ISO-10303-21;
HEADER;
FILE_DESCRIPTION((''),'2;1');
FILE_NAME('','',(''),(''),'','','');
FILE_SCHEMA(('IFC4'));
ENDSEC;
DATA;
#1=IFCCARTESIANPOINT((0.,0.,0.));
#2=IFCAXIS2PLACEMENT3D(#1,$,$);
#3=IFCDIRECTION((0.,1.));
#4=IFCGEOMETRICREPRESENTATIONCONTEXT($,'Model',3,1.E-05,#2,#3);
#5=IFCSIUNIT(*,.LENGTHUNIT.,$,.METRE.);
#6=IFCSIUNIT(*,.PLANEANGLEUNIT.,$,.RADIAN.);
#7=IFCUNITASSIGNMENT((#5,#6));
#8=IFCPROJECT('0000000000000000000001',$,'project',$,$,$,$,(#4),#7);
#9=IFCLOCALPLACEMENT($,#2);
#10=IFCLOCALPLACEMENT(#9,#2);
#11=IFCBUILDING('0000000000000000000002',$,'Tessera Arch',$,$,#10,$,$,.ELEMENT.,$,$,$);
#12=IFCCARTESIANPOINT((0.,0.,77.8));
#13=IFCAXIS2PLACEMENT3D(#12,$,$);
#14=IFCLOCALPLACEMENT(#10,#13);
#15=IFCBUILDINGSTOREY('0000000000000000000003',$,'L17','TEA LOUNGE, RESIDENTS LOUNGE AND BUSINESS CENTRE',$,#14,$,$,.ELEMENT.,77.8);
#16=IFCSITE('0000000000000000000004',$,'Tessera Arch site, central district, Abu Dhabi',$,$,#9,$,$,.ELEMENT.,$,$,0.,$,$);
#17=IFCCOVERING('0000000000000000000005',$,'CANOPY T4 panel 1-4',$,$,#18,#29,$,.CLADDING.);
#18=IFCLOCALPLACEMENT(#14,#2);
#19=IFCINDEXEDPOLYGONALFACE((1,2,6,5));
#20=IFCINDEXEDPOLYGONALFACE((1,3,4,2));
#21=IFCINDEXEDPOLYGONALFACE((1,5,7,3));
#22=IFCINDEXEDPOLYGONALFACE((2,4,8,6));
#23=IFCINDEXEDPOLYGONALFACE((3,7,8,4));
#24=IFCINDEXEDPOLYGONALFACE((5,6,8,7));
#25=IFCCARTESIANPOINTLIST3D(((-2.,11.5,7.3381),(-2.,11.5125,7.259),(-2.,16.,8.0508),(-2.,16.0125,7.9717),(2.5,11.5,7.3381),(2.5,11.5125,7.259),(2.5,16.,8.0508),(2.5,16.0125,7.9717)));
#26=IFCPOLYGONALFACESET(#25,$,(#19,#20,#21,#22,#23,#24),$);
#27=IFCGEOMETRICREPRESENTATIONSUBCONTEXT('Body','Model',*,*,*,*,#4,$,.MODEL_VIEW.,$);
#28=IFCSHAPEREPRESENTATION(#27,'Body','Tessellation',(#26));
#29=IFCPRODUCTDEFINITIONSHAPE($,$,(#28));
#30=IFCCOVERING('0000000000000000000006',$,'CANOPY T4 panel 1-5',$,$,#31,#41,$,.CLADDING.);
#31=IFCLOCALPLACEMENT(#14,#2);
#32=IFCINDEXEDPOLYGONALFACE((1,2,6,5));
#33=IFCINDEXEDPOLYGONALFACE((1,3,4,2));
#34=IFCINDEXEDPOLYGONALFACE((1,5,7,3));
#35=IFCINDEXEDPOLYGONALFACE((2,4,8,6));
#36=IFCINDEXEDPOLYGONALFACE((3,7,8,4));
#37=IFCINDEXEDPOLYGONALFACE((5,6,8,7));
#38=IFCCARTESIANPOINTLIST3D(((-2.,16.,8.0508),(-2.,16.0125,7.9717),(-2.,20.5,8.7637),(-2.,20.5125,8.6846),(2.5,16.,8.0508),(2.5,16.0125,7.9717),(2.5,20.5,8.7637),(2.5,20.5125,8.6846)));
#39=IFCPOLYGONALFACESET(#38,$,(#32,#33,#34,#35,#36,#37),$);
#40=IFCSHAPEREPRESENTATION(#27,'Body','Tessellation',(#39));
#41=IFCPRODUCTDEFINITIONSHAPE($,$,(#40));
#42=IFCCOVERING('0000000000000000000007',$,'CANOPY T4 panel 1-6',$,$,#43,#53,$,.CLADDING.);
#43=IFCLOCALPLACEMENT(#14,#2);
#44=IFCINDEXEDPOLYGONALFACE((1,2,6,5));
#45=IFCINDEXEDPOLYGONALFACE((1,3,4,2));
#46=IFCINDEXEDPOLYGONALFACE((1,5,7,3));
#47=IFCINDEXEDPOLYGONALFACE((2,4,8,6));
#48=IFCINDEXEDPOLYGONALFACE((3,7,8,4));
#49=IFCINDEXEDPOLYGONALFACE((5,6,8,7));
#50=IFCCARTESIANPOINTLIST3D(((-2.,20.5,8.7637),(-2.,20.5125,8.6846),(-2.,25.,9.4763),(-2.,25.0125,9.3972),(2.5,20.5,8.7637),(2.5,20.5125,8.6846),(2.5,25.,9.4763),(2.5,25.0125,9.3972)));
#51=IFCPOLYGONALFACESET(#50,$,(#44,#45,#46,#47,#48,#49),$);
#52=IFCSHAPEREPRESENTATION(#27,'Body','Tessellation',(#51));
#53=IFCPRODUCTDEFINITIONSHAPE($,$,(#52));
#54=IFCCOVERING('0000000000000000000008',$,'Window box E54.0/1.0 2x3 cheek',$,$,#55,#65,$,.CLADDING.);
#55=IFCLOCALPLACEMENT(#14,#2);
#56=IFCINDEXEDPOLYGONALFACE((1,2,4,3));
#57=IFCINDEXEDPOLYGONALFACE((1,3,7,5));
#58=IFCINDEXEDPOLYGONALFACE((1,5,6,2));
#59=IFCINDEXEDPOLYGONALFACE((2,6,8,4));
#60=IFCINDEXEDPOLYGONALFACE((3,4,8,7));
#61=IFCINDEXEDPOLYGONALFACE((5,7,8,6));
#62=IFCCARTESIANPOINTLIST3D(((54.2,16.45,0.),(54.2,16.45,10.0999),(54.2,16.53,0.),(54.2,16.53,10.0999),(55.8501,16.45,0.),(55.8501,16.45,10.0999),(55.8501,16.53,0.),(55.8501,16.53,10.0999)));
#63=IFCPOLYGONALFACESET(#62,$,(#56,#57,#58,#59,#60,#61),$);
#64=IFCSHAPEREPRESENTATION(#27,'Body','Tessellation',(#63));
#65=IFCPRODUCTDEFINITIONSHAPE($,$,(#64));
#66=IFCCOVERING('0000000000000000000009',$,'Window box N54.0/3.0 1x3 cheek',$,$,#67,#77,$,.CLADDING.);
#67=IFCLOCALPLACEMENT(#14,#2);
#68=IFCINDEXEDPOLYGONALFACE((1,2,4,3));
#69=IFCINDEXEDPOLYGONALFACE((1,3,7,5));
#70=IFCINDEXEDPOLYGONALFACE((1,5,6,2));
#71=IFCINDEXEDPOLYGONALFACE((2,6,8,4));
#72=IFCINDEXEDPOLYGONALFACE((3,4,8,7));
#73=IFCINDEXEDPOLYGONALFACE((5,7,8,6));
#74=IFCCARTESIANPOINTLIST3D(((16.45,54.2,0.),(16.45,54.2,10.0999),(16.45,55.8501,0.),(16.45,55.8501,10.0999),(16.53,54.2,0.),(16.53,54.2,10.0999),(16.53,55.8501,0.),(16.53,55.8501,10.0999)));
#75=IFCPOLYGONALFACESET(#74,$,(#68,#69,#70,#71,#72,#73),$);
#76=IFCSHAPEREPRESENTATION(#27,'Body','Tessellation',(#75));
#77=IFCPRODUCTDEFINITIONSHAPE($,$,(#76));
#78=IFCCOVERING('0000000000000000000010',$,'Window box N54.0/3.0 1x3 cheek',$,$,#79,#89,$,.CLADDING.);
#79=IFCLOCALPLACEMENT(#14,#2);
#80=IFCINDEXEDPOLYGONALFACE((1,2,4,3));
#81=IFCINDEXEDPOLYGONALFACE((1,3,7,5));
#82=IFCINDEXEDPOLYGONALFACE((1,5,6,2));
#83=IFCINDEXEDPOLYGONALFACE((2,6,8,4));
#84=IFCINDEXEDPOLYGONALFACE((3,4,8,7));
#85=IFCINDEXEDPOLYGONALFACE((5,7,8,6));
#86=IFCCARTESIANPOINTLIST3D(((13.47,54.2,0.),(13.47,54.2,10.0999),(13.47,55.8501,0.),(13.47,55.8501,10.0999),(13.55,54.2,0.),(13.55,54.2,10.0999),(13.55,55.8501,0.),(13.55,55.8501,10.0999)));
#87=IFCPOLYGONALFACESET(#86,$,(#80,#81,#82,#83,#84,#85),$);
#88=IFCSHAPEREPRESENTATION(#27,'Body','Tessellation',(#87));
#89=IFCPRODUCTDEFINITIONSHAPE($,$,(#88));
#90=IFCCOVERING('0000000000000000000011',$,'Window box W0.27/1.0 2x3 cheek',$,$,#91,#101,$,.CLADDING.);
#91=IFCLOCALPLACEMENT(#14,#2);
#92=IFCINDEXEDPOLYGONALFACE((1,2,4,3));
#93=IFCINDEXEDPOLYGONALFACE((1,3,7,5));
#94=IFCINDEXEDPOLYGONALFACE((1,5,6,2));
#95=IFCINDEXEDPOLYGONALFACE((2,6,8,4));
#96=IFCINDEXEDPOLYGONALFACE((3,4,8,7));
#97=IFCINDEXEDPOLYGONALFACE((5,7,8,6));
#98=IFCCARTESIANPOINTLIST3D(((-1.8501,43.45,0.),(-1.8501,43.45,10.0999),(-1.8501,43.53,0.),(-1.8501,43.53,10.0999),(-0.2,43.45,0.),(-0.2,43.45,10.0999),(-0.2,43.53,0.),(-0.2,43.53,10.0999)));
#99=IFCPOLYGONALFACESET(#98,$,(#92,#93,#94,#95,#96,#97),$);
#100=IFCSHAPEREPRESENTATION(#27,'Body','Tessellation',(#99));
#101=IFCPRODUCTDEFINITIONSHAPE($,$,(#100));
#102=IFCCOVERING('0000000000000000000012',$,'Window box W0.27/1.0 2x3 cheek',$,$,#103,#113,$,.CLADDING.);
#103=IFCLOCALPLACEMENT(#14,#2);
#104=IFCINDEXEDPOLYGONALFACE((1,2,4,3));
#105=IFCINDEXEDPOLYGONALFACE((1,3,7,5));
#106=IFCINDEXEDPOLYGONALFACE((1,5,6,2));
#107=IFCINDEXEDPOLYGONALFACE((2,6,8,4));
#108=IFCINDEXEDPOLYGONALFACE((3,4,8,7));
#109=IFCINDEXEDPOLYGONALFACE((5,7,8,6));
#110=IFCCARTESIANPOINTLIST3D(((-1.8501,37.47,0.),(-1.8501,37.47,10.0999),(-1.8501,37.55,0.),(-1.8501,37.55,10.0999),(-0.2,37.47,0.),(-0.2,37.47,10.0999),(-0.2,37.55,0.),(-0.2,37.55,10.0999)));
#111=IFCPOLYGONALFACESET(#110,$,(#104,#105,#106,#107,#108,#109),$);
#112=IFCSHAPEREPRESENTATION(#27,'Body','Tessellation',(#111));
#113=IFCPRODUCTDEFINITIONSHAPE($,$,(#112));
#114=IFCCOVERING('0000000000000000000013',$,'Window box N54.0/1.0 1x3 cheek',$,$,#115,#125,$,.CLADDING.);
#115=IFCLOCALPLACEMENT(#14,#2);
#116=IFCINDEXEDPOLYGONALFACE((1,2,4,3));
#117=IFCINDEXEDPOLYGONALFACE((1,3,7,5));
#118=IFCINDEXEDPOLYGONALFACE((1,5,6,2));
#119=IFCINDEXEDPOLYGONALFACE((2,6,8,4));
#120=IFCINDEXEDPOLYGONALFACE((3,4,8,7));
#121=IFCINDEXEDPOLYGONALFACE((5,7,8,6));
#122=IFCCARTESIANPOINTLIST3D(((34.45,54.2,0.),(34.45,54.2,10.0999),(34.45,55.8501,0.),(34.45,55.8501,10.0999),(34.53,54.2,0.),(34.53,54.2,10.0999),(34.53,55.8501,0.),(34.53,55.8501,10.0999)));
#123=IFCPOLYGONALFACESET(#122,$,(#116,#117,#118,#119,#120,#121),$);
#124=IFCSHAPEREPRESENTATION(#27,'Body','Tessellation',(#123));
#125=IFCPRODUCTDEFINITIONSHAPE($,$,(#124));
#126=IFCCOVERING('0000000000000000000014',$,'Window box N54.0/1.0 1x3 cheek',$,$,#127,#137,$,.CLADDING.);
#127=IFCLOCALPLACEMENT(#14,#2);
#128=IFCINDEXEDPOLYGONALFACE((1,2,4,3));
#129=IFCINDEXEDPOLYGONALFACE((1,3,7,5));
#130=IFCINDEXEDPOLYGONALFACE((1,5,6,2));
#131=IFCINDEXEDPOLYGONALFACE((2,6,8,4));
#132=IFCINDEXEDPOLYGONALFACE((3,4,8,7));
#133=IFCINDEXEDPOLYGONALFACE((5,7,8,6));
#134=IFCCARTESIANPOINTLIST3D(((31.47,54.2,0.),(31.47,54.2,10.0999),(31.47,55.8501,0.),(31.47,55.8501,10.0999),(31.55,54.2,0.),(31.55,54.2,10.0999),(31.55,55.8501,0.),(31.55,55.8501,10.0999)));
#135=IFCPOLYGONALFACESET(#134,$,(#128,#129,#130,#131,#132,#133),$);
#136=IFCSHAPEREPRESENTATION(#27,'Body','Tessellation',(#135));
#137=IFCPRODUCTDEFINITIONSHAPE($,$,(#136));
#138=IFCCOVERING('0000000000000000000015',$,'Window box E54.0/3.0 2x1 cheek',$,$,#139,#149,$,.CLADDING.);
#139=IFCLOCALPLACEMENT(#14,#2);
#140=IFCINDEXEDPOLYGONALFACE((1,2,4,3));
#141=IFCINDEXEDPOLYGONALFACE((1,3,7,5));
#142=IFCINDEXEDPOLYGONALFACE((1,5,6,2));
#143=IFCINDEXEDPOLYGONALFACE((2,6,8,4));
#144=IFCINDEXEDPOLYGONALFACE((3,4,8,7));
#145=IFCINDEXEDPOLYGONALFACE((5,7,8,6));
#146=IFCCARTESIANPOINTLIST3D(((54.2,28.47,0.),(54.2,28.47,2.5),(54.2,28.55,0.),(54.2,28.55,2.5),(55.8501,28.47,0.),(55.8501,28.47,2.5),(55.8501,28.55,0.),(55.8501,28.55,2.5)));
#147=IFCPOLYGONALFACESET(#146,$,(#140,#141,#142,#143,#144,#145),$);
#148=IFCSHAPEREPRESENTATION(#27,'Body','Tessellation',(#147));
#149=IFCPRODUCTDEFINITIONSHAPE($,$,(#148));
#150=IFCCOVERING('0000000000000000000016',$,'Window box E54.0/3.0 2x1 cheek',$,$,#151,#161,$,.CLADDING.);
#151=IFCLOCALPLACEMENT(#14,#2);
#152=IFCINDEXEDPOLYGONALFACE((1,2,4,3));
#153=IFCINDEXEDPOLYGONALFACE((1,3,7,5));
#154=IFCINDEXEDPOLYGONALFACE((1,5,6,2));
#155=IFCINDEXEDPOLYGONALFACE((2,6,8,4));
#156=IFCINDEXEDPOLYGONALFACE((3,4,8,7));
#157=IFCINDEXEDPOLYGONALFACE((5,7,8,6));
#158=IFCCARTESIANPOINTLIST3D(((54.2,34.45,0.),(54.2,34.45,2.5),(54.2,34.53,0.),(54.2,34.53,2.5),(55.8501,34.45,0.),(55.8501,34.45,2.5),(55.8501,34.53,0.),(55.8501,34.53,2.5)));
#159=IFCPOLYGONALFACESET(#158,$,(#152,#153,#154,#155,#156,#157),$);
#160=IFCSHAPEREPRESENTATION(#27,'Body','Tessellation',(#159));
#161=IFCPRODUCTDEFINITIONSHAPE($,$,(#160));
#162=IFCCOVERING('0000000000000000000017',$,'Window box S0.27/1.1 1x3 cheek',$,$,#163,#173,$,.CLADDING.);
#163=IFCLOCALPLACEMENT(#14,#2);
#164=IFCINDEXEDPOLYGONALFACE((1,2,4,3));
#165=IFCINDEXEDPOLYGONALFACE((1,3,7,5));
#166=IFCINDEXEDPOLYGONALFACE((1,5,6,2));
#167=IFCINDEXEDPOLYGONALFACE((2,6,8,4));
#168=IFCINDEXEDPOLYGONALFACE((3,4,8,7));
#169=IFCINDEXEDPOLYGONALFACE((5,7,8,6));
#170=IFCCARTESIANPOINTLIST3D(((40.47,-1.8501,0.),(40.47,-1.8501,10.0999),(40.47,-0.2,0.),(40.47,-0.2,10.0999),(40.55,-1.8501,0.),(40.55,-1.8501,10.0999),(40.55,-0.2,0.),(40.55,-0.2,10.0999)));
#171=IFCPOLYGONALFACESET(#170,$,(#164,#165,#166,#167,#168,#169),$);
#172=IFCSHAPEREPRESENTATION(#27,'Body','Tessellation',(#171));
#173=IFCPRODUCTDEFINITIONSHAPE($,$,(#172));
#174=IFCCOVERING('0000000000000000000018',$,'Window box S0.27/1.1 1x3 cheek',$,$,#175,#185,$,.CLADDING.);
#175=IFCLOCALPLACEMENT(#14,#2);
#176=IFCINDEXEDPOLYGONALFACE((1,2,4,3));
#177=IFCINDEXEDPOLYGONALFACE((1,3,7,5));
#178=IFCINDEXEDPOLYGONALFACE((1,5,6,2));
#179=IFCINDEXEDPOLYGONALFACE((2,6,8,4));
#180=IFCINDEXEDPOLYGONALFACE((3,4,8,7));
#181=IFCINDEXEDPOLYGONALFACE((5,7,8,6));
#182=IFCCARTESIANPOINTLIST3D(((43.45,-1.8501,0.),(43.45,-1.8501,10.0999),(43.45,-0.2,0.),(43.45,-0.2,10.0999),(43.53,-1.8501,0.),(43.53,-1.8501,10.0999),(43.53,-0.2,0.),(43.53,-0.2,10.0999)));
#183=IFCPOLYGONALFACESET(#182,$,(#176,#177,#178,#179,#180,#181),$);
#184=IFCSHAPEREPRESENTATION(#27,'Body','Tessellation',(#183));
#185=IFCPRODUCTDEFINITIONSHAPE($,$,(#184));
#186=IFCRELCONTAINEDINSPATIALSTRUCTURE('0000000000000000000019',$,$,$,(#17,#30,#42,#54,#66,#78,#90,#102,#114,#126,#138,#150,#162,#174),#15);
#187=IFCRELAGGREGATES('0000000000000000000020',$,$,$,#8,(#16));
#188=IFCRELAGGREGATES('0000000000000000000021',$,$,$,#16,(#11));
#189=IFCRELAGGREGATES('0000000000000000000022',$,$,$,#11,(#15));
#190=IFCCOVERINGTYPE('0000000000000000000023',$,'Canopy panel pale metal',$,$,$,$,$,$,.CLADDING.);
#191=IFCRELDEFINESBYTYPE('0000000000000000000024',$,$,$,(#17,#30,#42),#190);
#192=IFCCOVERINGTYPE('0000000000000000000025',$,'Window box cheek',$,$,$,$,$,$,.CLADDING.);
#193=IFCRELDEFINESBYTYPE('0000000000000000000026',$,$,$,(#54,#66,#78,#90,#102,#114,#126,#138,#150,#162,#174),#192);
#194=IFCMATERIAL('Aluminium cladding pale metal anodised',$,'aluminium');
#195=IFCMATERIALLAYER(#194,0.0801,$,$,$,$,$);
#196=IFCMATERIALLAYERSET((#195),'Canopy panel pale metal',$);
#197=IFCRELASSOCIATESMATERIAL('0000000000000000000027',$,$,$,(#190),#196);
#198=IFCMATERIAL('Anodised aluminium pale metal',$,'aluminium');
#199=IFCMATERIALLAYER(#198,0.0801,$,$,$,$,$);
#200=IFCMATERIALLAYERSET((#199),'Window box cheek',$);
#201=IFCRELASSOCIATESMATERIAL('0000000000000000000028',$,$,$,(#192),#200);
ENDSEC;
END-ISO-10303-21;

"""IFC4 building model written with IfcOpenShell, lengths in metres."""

from ifc_helpers import new_model, si_unit, direction, frame, origin, place, context, subcontext, project, spatial, polyline, outline, extrude, material, layer, layer_set, type_object, element, save


model = new_model("IFC4")

# Units and contexts
model_context = context("Model", 3, precision=1e-05, world=origin(), true_north=direction((0.0, 1.0)))
body_context = subcontext(model_context, "Body", "Model", "MODEL_VIEW")
ifc_project = project(units=[si_unit("LENGTHUNIT", "METRE"), si_unit("PLANEANGLEUNIT", "RADIAN")], contexts=[model_context])

# Site, building, storey
site_placement = place(None, origin())
site = spatial("IfcSite", under=ifc_project, at=site_placement, Name="Tessera Arch site, central district, Abu Dhabi", CompositionType="ELEMENT", RefElevation=0.0)
building_placement = place(site_placement, origin())
building = spatial("IfcBuilding", under=site, at=building_placement, Name="Tessera Arch", CompositionType="ELEMENT")
storey_placement = place(building_placement, frame((0.0, 0.0, 77.8)))
storey = spatial("IfcBuildingStorey", under=building, at=storey_placement, Name="L17", Description="TEA LOUNGE, RESIDENTS LOUNGE AND BUSINESS CENTRE", CompositionType="ELEMENT", Elevation=77.8)

# Coverings
ifc_material_1 = material(Name="Aluminium cladding pale metal anodised", Category="aluminium")
ifc_layer_1 = layer(ifc_material_1, 0.0801)
ifc_layer_set_1 = layer_set([ifc_layer_1], Name="Canopy panel pale metal")
covering_type_1 = type_object("IfcCoveringType", Name="Canopy panel pale metal", PredefinedType="CLADDING", material=ifc_layer_set_1)
for number, where, z_axis, x_axis, name in (
    (1, (-2.0, 11.5, 7.3381), (0.0, -0.156417, 0.987691), (1.0, 0.0, 0.0), "CANOPY T4 panel 1-4"),
):
    element("IfcCovering", number, at=place(storey_placement, frame(where, z_axis=z_axis, x_axis=x_axis)), inside=storey, type_object=covering_type_1, Name=name, PredefinedType="CLADDING", context=body_context, shape_type="SweptSolid", body=[
        extrude(outline(polyline([(0.0, 0.0), (4.5, 0.0), (4.5, 4.5561), (0.0, 4.5561), (0.0, 0.0)])), origin(), (0.0, 0.0, -1.0), 0.0801),
    ])
covering_1_placement = place(storey_placement, frame((-2.0, 16.0, 8.0508), z_axis=(0.0, -0.156469, 0.987683), x_axis=(1.0, 0.0, 0.0)))
element("IfcCovering", 2, at=covering_1_placement, inside=storey, type_object=covering_type_1, Name="CANOPY T4 panel 1-5", PredefinedType="CLADDING", context=body_context, shape_type="SweptSolid", body=[
    extrude(outline(polyline([(0.0, 0.0), (4.5, 0.0), (4.5, 4.5561), (0.0, 4.5561), (0.0, 0.0)])), origin(), (0.0, 0.0, -1.0), 0.0801),
])
covering_2_placement = place(storey_placement, frame((-2.0, 20.5, 8.7637), z_axis=(0.0, -0.156417, 0.987691), x_axis=(1.0, 0.0, 0.0)))
element("IfcCovering", 3, at=covering_2_placement, inside=storey, type_object=covering_type_1, Name="CANOPY T4 panel 1-6", PredefinedType="CLADDING", context=body_context, shape_type="SweptSolid", body=[
    extrude(outline(polyline([(0.0, 0.0), (4.5, 0.0), (4.5, 4.5561), (0.0, 4.5561), (0.0, 0.0)])), origin(), (0.0, 0.0, -1.0), 0.0801),
])
ifc_material_2 = material(Name="Anodised aluminium pale metal", Category="aluminium")
ifc_layer_2 = layer(ifc_material_2, 0.0801)
ifc_layer_set_2 = layer_set([ifc_layer_2], Name="Window box cheek")
covering_type_2 = type_object("IfcCoveringType", Name="Window box cheek", PredefinedType="CLADDING", material=ifc_layer_set_2)
covering_3_placement = place(storey_placement, origin())
element("IfcCovering", 4, at=covering_3_placement, inside=storey, type_object=covering_type_2, Name="Window box E54.0/1.0 2x3 cheek", PredefinedType="CLADDING", context=body_context, shape_type="SweptSolid", body=[
    extrude(outline(polyline([(55.8501, 16.45), (55.8501, 16.53), (54.2, 16.53), (54.2, 16.45), (55.8501, 16.45)])), origin(), (0.0, 0.0, 1.0), 10.0999),
])
covering_4_placement = place(storey_placement, origin())
element("IfcCovering", 5, at=covering_4_placement, inside=storey, type_object=covering_type_2, Name="Window box N54.0/3.0 1x3 cheek", PredefinedType="CLADDING", context=body_context, shape_type="SweptSolid", body=[
    extrude(outline(polyline([(16.53, 55.8501), (16.45, 55.8501), (16.45, 54.2), (16.53, 54.2), (16.53, 55.8501)])), origin(), (0.0, 0.0, 1.0), 10.0999),
])
covering_5_placement = place(storey_placement, origin())
element("IfcCovering", 6, at=covering_5_placement, inside=storey, type_object=covering_type_2, Name="Window box N54.0/3.0 1x3 cheek", PredefinedType="CLADDING", context=body_context, shape_type="SweptSolid", body=[
    extrude(outline(polyline([(13.55, 55.8501), (13.47, 55.8501), (13.47, 54.2), (13.55, 54.2), (13.55, 55.8501)])), origin(), (0.0, 0.0, 1.0), 10.0999),
])
covering_6_placement = place(storey_placement, origin())
element("IfcCovering", 7, at=covering_6_placement, inside=storey, type_object=covering_type_2, Name="Window box W0.27/1.0 2x3 cheek", PredefinedType="CLADDING", context=body_context, shape_type="SweptSolid", body=[
    extrude(outline(polyline([(-1.8501, 43.53), (-1.8501, 43.45), (-0.2, 43.45), (-0.2, 43.53), (-1.8501, 43.53)])), origin(), (0.0, 0.0, 1.0), 10.0999),
])
covering_7_placement = place(storey_placement, origin())
element("IfcCovering", 8, at=covering_7_placement, inside=storey, type_object=covering_type_2, Name="Window box W0.27/1.0 2x3 cheek", PredefinedType="CLADDING", context=body_context, shape_type="SweptSolid", body=[
    extrude(outline(polyline([(-1.8501, 37.55), (-1.8501, 37.47), (-0.2, 37.47), (-0.2, 37.55), (-1.8501, 37.55)])), origin(), (0.0, 0.0, 1.0), 10.0999),
])
covering_8_placement = place(storey_placement, origin())
element("IfcCovering", 9, at=covering_8_placement, inside=storey, type_object=covering_type_2, Name="Window box N54.0/1.0 1x3 cheek", PredefinedType="CLADDING", context=body_context, shape_type="SweptSolid", body=[
    extrude(outline(polyline([(34.53, 55.8501), (34.45, 55.8501), (34.45, 54.2), (34.53, 54.2), (34.53, 55.8501)])), origin(), (0.0, 0.0, 1.0), 10.0999),
])
covering_9_placement = place(storey_placement, origin())
element("IfcCovering", 10, at=covering_9_placement, inside=storey, type_object=covering_type_2, Name="Window box N54.0/1.0 1x3 cheek", PredefinedType="CLADDING", context=body_context, shape_type="SweptSolid", body=[
    extrude(outline(polyline([(31.55, 55.8501), (31.47, 55.8501), (31.47, 54.2), (31.55, 54.2), (31.55, 55.8501)])), origin(), (0.0, 0.0, 1.0), 10.0999),
])
covering_10_placement = place(storey_placement, origin())
element("IfcCovering", 11, at=covering_10_placement, inside=storey, type_object=covering_type_2, Name="Window box E54.0/3.0 2x1 cheek", PredefinedType="CLADDING", context=body_context, shape_type="SweptSolid", body=[
    extrude(outline(polyline([(55.8501, 28.47), (55.8501, 28.55), (54.2, 28.55), (54.2, 28.47), (55.8501, 28.47)])), origin(), (0.0, 0.0, 1.0), 2.5),
])
covering_11_placement = place(storey_placement, origin())
element("IfcCovering", 12, at=covering_11_placement, inside=storey, type_object=covering_type_2, Name="Window box E54.0/3.0 2x1 cheek", PredefinedType="CLADDING", context=body_context, shape_type="SweptSolid", body=[
    extrude(outline(polyline([(55.8501, 34.45), (55.8501, 34.53), (54.2, 34.53), (54.2, 34.45), (55.8501, 34.45)])), origin(), (0.0, 0.0, 1.0), 2.5),
])
covering_12_placement = place(storey_placement, origin())
element("IfcCovering", 13, at=covering_12_placement, inside=storey, type_object=covering_type_2, Name="Window box S0.27/1.1 1x3 cheek", PredefinedType="CLADDING", context=body_context, shape_type="SweptSolid", body=[
    extrude(outline(polyline([(40.47, -1.8501), (40.55, -1.8501), (40.55, -0.2), (40.47, -0.2), (40.47, -1.8501)])), origin(), (0.0, 0.0, 1.0), 10.0999),
])
covering_13_placement = place(storey_placement, origin())
element("IfcCovering", 14, at=covering_13_placement, inside=storey, type_object=covering_type_2, Name="Window box S0.27/1.1 1x3 cheek", PredefinedType="CLADDING", context=body_context, shape_type="SweptSolid", body=[
    extrude(outline(polyline([(43.45, -1.8501), (43.53, -1.8501), (43.53, -0.2), (43.45, -0.2), (43.45, -1.8501)])), origin(), (0.0, 0.0, 1.0), 10.0999),
])

save(model, "model.ifc")
